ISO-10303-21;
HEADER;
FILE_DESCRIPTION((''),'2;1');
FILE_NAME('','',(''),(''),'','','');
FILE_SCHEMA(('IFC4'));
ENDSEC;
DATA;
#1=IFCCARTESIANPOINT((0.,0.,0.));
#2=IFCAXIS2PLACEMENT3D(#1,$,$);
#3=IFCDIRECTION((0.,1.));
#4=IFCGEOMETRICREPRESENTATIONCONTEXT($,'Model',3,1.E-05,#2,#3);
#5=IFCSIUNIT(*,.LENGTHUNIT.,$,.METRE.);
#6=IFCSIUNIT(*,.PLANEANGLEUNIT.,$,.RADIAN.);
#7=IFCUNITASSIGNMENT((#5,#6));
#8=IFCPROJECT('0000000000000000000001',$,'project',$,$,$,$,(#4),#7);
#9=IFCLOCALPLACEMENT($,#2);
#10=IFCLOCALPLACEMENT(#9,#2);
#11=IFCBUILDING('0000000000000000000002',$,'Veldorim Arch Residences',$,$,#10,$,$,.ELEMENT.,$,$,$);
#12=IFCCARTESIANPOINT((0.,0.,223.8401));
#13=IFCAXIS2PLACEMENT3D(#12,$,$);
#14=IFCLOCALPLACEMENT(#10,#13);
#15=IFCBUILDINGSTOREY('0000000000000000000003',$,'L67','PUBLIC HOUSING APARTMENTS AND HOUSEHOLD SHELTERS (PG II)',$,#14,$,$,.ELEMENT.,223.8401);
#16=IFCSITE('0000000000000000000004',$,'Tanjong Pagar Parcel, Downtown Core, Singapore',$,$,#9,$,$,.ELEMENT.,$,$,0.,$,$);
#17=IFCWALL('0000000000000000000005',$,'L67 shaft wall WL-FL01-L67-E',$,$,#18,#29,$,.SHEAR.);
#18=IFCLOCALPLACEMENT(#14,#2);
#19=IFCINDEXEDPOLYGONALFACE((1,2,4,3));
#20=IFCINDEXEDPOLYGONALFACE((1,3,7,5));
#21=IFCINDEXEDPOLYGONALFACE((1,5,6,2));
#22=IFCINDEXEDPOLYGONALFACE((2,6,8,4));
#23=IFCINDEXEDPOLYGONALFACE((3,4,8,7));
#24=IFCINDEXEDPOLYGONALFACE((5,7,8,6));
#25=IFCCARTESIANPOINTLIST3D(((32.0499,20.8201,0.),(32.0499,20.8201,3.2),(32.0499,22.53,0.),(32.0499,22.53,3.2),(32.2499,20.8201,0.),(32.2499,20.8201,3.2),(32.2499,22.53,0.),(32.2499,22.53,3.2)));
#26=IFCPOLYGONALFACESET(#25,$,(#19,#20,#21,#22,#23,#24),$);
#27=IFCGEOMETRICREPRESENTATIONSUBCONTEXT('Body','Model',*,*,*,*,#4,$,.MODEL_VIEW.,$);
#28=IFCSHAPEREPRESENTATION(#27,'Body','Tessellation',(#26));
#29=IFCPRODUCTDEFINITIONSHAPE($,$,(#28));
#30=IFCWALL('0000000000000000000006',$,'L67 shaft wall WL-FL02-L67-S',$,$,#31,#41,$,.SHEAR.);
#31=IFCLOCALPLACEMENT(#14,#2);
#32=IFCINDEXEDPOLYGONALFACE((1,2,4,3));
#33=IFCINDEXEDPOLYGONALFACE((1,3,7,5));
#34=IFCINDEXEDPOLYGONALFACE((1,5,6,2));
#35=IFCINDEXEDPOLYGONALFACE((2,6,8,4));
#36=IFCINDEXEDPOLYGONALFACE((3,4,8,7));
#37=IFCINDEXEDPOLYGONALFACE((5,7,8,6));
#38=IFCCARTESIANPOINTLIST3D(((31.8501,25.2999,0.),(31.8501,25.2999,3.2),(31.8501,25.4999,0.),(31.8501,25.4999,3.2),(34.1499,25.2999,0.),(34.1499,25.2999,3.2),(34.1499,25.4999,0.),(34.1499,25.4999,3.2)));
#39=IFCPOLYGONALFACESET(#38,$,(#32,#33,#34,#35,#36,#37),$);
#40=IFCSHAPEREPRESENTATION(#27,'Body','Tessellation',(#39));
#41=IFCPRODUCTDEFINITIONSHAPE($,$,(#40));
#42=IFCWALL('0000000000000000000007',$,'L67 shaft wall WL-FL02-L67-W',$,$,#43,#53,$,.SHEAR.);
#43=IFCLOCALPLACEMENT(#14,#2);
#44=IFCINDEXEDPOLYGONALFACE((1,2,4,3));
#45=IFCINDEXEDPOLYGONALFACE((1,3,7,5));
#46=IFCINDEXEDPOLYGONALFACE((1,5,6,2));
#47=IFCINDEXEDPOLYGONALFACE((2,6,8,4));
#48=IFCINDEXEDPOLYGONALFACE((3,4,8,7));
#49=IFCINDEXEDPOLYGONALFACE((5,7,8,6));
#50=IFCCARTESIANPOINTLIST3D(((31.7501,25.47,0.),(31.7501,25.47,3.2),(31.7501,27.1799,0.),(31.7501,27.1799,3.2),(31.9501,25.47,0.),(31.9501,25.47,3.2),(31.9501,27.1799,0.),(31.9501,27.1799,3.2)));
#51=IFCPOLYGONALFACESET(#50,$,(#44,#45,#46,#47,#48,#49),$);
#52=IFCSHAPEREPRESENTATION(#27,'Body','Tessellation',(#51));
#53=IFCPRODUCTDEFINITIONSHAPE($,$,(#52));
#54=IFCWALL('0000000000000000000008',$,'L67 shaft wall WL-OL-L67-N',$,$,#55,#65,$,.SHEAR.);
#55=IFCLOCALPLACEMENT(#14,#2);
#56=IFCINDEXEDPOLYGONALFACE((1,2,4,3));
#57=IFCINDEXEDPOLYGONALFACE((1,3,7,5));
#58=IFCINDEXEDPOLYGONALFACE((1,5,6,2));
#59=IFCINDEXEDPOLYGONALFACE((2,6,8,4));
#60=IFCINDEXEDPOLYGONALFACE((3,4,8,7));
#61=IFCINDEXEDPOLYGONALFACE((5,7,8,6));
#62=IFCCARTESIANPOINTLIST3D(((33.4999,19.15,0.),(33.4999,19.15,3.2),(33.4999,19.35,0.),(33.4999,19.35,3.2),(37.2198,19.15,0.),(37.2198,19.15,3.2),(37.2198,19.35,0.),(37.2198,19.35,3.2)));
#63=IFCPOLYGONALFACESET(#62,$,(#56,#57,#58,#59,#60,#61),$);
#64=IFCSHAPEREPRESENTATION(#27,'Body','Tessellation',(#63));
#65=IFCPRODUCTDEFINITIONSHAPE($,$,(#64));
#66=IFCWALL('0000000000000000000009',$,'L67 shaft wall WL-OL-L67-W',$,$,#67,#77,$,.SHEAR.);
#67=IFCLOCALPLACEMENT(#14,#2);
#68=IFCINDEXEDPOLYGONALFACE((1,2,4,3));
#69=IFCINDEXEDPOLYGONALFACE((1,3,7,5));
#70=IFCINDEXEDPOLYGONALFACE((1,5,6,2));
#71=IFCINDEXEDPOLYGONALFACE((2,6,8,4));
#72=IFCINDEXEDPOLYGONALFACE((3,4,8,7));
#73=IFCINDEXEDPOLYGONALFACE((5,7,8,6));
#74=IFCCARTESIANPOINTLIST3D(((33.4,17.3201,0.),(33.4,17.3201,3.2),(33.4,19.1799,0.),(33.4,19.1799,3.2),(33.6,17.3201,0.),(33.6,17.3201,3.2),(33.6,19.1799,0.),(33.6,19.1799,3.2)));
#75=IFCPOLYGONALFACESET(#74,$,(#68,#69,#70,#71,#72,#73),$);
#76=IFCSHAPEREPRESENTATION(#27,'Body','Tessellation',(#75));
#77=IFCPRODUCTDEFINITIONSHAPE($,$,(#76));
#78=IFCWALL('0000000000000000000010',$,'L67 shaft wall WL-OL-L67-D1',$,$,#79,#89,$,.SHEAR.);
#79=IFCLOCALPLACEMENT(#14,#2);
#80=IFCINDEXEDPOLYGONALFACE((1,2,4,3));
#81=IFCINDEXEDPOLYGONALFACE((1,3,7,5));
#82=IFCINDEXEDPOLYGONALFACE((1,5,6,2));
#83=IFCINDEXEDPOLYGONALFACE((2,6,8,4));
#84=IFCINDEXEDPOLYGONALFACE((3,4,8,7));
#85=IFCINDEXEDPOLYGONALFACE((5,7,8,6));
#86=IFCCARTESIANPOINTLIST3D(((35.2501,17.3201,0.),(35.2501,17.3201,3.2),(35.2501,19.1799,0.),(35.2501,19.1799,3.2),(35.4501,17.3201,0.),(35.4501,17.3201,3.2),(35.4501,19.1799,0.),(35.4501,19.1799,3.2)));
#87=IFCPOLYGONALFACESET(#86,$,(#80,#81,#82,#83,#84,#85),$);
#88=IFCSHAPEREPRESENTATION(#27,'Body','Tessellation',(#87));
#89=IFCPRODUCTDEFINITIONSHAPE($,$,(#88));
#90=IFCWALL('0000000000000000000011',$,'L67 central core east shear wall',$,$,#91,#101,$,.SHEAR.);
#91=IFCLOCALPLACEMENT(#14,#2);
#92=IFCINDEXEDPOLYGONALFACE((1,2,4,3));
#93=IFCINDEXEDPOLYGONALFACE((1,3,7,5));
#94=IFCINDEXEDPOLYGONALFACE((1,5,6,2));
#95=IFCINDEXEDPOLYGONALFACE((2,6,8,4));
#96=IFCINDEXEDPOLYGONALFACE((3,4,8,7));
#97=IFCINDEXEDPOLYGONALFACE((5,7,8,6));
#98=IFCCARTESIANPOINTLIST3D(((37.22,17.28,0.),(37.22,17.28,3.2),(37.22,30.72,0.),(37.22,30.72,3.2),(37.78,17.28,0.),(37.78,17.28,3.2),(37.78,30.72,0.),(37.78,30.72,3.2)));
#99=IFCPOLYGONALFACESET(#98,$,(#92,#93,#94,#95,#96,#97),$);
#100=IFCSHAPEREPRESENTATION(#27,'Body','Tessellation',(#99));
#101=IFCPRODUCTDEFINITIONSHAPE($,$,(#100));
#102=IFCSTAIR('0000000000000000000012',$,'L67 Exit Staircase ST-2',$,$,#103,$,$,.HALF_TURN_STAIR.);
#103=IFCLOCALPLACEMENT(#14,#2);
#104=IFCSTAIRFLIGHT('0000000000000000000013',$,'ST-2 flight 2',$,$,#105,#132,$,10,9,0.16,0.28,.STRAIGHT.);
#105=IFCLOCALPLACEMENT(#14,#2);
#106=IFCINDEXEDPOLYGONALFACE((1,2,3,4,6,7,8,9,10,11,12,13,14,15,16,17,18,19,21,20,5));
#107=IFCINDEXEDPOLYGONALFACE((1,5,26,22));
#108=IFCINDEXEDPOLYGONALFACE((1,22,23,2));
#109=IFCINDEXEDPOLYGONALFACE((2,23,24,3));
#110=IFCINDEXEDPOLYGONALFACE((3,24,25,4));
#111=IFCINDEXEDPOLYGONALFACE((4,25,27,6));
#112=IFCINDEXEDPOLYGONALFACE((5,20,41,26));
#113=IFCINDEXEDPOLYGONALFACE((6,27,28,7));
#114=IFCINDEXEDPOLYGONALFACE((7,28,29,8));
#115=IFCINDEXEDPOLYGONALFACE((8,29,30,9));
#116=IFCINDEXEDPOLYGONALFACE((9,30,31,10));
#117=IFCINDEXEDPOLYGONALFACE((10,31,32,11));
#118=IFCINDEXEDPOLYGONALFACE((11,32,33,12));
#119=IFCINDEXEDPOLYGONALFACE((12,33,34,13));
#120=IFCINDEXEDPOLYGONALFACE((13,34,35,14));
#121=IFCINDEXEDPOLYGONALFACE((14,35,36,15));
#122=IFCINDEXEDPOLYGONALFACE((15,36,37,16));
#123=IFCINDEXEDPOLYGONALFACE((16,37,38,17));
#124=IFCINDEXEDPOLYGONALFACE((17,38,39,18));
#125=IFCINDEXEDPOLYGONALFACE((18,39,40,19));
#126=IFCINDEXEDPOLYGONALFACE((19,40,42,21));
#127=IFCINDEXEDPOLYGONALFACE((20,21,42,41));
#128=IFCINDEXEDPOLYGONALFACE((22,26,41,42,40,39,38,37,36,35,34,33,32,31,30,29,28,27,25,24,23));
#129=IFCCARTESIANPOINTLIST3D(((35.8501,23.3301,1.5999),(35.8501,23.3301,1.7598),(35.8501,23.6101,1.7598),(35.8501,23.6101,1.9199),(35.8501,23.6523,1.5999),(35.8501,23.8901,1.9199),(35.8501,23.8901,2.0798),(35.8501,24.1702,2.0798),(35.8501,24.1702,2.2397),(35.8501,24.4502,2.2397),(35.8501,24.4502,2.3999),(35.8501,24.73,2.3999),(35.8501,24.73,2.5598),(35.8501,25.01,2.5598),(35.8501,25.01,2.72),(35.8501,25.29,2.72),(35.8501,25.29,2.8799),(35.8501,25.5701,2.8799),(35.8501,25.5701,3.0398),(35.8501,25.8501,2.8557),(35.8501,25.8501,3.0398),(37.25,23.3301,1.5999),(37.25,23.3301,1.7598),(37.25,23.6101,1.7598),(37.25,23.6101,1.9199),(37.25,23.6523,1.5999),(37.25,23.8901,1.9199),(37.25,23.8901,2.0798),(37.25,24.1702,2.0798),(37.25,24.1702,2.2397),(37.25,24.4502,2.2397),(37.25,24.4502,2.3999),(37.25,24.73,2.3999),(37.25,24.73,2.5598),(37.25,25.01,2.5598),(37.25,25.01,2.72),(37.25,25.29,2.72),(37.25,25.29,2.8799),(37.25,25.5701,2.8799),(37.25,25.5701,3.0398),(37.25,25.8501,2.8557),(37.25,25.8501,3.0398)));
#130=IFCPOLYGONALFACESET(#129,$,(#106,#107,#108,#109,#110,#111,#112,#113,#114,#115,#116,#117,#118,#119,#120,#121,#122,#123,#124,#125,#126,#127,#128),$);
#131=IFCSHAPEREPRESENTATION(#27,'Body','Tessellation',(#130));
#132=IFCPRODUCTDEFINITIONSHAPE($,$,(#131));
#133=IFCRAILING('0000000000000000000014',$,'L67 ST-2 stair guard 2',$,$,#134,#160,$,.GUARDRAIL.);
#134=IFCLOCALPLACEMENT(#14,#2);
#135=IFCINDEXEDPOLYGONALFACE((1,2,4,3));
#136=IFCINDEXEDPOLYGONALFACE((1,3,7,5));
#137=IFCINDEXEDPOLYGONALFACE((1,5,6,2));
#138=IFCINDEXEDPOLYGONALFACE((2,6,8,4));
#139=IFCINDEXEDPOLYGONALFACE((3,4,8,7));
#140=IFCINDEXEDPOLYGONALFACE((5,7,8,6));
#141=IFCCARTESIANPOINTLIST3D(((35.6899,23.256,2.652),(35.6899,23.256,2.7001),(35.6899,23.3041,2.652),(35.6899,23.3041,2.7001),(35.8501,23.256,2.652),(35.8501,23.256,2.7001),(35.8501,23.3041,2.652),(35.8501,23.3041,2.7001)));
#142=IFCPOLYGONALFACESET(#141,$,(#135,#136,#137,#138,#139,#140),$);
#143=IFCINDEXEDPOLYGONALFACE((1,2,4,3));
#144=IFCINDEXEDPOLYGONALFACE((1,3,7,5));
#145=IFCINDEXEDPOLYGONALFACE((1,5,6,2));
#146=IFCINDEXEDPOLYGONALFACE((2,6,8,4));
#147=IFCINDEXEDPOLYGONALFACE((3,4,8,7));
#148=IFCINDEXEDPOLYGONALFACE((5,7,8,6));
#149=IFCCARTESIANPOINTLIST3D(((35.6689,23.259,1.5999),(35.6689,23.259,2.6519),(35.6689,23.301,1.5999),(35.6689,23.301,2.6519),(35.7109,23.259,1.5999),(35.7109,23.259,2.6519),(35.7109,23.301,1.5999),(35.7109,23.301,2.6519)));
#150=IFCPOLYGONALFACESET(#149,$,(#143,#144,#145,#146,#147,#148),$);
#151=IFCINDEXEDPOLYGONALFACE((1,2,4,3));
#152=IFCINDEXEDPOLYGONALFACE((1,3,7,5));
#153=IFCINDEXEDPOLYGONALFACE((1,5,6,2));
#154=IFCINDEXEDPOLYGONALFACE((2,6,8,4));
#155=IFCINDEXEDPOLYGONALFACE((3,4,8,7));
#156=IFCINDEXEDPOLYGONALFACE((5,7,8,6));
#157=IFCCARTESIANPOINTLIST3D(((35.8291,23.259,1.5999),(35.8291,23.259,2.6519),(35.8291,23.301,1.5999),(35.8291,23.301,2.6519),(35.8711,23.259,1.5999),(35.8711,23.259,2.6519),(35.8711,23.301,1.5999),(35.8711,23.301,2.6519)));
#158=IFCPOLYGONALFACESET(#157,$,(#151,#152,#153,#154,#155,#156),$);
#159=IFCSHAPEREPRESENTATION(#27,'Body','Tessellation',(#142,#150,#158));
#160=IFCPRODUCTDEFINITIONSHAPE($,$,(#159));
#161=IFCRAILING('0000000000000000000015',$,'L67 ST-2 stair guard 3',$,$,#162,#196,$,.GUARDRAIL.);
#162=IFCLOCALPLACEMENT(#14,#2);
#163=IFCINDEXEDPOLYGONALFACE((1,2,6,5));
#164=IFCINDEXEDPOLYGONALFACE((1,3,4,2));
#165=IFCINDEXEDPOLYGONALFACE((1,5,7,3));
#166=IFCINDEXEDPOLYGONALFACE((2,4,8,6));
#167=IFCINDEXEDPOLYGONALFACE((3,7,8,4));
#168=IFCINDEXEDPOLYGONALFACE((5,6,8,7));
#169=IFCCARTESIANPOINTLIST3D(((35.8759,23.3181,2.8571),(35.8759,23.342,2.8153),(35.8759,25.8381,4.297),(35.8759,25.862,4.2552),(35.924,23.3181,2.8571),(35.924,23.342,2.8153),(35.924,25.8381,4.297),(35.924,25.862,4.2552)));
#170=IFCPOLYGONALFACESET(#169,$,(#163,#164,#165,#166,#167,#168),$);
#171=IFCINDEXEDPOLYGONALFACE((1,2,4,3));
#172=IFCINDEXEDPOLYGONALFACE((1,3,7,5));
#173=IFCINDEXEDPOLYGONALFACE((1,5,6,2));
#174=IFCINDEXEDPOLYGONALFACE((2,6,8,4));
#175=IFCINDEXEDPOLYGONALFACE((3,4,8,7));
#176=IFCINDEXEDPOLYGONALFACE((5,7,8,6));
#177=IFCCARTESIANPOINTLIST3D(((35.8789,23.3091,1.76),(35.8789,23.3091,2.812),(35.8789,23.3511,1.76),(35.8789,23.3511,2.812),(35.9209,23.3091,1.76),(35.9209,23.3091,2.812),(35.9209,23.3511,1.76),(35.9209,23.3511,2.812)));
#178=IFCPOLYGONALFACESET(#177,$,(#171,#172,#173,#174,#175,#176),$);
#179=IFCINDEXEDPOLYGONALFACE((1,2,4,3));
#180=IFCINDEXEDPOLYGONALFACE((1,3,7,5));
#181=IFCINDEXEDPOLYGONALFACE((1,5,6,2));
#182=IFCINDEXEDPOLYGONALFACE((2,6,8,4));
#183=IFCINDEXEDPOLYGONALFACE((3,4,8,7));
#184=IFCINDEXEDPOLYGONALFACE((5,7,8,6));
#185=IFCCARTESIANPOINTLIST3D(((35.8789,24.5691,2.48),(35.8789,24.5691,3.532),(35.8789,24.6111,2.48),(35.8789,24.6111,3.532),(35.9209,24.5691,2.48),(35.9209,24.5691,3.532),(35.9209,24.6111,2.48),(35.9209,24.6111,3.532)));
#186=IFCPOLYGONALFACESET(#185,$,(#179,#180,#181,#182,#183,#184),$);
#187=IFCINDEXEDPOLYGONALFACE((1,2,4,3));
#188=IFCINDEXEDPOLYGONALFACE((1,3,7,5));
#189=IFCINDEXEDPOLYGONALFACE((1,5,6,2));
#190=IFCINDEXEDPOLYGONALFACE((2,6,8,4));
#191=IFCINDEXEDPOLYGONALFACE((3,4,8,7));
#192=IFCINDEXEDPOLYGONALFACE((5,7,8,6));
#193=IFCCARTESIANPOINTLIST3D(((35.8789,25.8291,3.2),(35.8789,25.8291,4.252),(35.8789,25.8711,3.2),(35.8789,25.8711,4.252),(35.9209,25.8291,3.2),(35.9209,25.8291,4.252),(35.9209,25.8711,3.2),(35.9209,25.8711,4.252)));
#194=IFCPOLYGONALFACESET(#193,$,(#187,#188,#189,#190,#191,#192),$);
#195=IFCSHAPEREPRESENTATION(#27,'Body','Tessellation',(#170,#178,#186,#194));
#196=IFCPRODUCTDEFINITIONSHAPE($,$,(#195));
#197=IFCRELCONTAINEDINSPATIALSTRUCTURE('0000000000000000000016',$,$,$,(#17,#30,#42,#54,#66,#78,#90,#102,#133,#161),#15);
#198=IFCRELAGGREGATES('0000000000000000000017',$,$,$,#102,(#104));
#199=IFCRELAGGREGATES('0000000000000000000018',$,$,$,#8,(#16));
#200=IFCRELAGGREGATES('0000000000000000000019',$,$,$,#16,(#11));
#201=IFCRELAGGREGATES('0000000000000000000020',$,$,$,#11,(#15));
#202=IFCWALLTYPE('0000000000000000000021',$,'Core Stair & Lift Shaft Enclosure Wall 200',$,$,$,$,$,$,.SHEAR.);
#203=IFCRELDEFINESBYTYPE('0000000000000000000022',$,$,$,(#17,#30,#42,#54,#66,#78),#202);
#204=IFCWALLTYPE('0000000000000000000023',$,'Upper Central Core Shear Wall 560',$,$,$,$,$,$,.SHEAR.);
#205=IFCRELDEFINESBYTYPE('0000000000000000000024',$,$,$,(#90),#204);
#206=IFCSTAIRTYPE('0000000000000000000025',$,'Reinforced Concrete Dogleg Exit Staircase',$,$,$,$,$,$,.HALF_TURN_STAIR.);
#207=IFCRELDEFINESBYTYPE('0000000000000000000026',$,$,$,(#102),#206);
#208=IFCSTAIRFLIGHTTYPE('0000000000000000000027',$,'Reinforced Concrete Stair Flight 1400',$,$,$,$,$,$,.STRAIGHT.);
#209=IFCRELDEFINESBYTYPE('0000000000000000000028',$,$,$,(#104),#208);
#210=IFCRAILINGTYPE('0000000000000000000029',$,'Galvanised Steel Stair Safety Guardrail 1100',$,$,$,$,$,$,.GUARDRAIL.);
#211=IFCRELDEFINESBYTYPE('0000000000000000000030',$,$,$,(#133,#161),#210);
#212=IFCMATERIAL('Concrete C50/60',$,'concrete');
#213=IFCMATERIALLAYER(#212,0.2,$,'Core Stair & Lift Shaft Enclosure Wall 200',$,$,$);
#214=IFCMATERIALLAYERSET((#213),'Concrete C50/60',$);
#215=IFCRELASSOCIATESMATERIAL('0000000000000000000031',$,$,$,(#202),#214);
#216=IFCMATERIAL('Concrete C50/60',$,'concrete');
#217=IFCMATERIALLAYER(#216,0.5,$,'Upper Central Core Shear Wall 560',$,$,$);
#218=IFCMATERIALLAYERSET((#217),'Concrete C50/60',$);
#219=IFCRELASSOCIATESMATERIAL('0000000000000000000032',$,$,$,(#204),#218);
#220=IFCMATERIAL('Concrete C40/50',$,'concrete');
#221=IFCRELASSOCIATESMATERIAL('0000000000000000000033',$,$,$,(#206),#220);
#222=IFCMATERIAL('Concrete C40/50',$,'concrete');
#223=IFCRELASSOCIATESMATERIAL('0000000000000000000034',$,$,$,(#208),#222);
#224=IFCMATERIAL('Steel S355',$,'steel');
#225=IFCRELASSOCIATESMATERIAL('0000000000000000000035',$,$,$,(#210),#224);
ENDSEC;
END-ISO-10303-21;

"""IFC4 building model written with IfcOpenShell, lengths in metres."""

from ifc_helpers import new_model, si_unit, direction, frame, frame_2d, origin, origin_2d, place, context, subcontext, project, spatial, polyline, rectangle, outline, extrude, material, layer, layer_set, type_object, element, aggregate, save


model = new_model("IFC4")

# Units and contexts
model_context = context("Model", 3, precision=1e-05, world=origin(), true_north=direction((0.0, 1.0)))
body_context = subcontext(model_context, "Body", "Model", "MODEL_VIEW")
ifc_project = project(units=[si_unit("LENGTHUNIT", "METRE"), si_unit("PLANEANGLEUNIT", "RADIAN")], contexts=[model_context])

# Site, building, storey
site_placement = place(None, origin())
site = spatial("IfcSite", under=ifc_project, at=site_placement, Name="Tanjong Pagar Parcel, Downtown Core, Singapore", CompositionType="ELEMENT", RefElevation=0.0)
building_placement = place(site_placement, origin())
building = spatial("IfcBuilding", under=site, at=building_placement, Name="Veldorim Arch Residences", CompositionType="ELEMENT")
storey_placement = place(building_placement, frame((0.0, 0.0, 223.8401)))
storey = spatial("IfcBuildingStorey", under=building, at=storey_placement, Name="L67", Description="PUBLIC HOUSING APARTMENTS AND HOUSEHOLD SHELTERS (PG II)", CompositionType="ELEMENT", Elevation=223.8401)

# Walls
ifc_material_1 = material(Name="Concrete C50/60", Category="concrete")
ifc_layer_1 = layer(ifc_material_1, 0.2, Name="Core Stair & Lift Shaft Enclosure Wall 200")
ifc_layer_set_1 = layer_set([ifc_layer_1], Name="Concrete C50/60")
wall_type_1 = type_object("IfcWallType", Name="Core Stair & Lift Shaft Enclosure Wall 200", PredefinedType="SHEAR", material=ifc_layer_set_1)
wall_1_placement = place(storey_placement, frame((32.1499, 20.8201, 0.0), z_axis=(0.0, 0.0, 1.0), x_axis=(0.0, 1.0, 0.0)))
element("IfcWall", 1, at=wall_1_placement, inside=storey, type_object=wall_type_1, Name="L67 shaft wall WL-FL01-L67-E", PredefinedType="SHEAR", context=body_context, shape_type="SweptSolid", body=[
    extrude(rectangle(XDim=1.71, YDim=0.2, at=frame_2d((0.855, 0.0))), origin(), (0.0, 0.0, 1.0), 3.2),
])
wall_2_placement = place(storey_placement, frame((31.8501, 25.3999, 0.0), z_axis=(0.0, 0.0, 1.0), x_axis=(1.0, 0.0, 0.0)))
element("IfcWall", 2, at=wall_2_placement, inside=storey, type_object=wall_type_1, Name="L67 shaft wall WL-FL02-L67-S", PredefinedType="SHEAR", context=body_context, shape_type="SweptSolid", body=[
    extrude(rectangle(XDim=2.2998, YDim=0.2, at=frame_2d((1.1499, 0.0))), origin(), (0.0, 0.0, 1.0), 3.2),
])
wall_3_placement = place(storey_placement, frame((31.8501, 25.47, 0.0), z_axis=(0.0, 0.0, 1.0), x_axis=(0.0, 1.0, 0.0)))
element("IfcWall", 3, at=wall_3_placement, inside=storey, type_object=wall_type_1, Name="L67 shaft wall WL-FL02-L67-W", PredefinedType="SHEAR", context=body_context, shape_type="SweptSolid", body=[
    extrude(rectangle(XDim=1.71, YDim=0.2, at=frame_2d((0.855, 0.0))), origin(), (0.0, 0.0, 1.0), 3.2),
])
wall_4_placement = place(storey_placement, frame((33.5, 19.25, 0.0), z_axis=(0.0, 0.0, 1.0), x_axis=(1.0, 0.0, 0.0)))
element("IfcWall", 4, at=wall_4_placement, inside=storey, type_object=wall_type_1, Name="L67 shaft wall WL-OL-L67-N", PredefinedType="SHEAR", context=body_context, shape_type="SweptSolid", body=[
    extrude(rectangle(XDim=3.72, YDim=0.2, at=frame_2d((1.8599, 0.0))), origin(), (0.0, 0.0, 1.0), 3.2),
])
for number, where, z_axis, x_axis, name in (
    (5, (33.5, 17.3201, 0.0), (0.0, 0.0, 1.0), (0.0, 1.0, 0.0), "L67 shaft wall WL-OL-L67-W"),
    (6, (35.3501, 17.3201, 0.0), (0.0, 0.0, 1.0), (0.0, 1.0, 0.0), "L67 shaft wall WL-OL-L67-D1"),
):
    element("IfcWall", number, at=place(storey_placement, frame(where, z_axis=z_axis, x_axis=x_axis)), inside=storey, type_object=wall_type_1, Name=name, PredefinedType="SHEAR", context=body_context, shape_type="SweptSolid", body=[
        extrude(rectangle(XDim=1.8599, YDim=0.2, at=frame_2d((0.9299, 0.0))), origin(), (0.0, 0.0, 1.0), 3.2),
    ])
ifc_material_2 = material(Name="Concrete C50/60", Category="concrete")
ifc_layer_2 = layer(ifc_material_2, 0.5, Name="Upper Central Core Shear Wall 560")
ifc_layer_set_2 = layer_set([ifc_layer_2], Name="Concrete C50/60")
wall_type_2 = type_object("IfcWallType", Name="Upper Central Core Shear Wall 560", PredefinedType="SHEAR", material=ifc_layer_set_2)
wall_5_placement = place(storey_placement, frame((37.5, 17.28, 0.0), z_axis=(0.0, 0.0, 1.0), x_axis=(0.0, 1.0, 0.0)))
element("IfcWall", 7, at=wall_5_placement, inside=storey, type_object=wall_type_2, Name="L67 central core east shear wall", PredefinedType="SHEAR", context=body_context, shape_type="SweptSolid", body=[
    extrude(rectangle(XDim=13.4399, YDim=0.5601, at=frame_2d((6.72, 0.0))), origin(), (0.0, 0.0, 1.0), 3.2),
])

# Stair, stair flight
ifc_material_3 = material(Name="Concrete C40/50", Category="concrete")
stair_type = type_object("IfcStairType", Name="Reinforced Concrete Dogleg Exit Staircase", PredefinedType="HALF_TURN_STAIR", material=ifc_material_3)
stair_placement = place(storey_placement, origin())
stair = element("IfcStair", 8, at=stair_placement, inside=storey, type_object=stair_type, Name="L67 Exit Staircase ST-2", PredefinedType="HALF_TURN_STAIR")
ifc_material_4 = material(Name="Concrete C40/50", Category="concrete")
stair_flight_type = type_object("IfcStairFlightType", Name="Reinforced Concrete Stair Flight 1400", PredefinedType="STRAIGHT", material=ifc_material_4)
stair_flight_placement = place(storey_placement, frame((36.55, 23.3301, 1.5999), z_axis=(0.0, 0.0, 1.0), x_axis=(0.0, 1.0, 0.0)))
stair_flight = element("IfcStairFlight", 9, at=stair_flight_placement, type_object=stair_flight_type, Name="ST-2 flight 2", NumberOfRisers=10, NumberOfTreads=9, PredefinedType="STRAIGHT", RiserHeight=0.16, TreadLength=0.28, context=body_context, shape_type="SweptSolid", body=[
    extrude(outline(polyline([(0.0, 0.0), (0.0, 0.1599), (0.28, 0.1599), (0.28, 0.3201), (0.5601, 0.3201), (0.5601, 0.48), (0.8401, 0.48), (0.8401, 0.6399), (1.1201, 0.6399), (1.1201, 0.8), (1.3999, 0.8), (1.3999, 0.96), (1.6799, 0.96), (1.6799, 1.1201), (1.96, 1.1201), (1.96, 1.28), (2.24, 1.28), (2.24, 1.4399), (2.52, 1.4399), (2.52, 1.6001), (2.52, 1.2559), (0.3223, 0.0), (0.0, 0.0)])), frame((0.0, 0.7, 0.0), z_axis=(0.0, -1.0, 0.0), x_axis=(1.0, 0.0, 0.0)), (0.0, 0.0, 1.0), 1.3999),
])
aggregate(stair, [stair_flight])

# Railings
ifc_material_5 = material(Name="Steel S355", Category="steel")
railing_type_1 = type_object("IfcRailingType", Name="Galvanised Steel Stair Safety Guardrail 1100", PredefinedType="GUARDRAIL", material=ifc_material_5)
railing_1_placement = place(storey_placement, frame((35.6899, 23.28, 1.5999)))
element("IfcRailing", 10, at=railing_1_placement, inside=storey, type_object=railing_type_1, Name="L67 ST-2 stair guard 2", PredefinedType="GUARDRAIL", context=body_context, shape_type="SweptSolid", body=[
    extrude(rectangle(XDim=0.0481, YDim=0.0481, at=origin_2d()), frame((0.0, 0.0, 1.0762), z_axis=(1.0, 0.0, 0.0), x_axis=(0.0, 1.0, 0.0)), (0.0, 0.0, 1.0), 0.1602),
    extrude(rectangle(XDim=0.042, YDim=0.042, at=origin_2d()), origin(), (0.0, 0.0, 1.0), 1.052),
    extrude(rectangle(XDim=0.042, YDim=0.042, at=origin_2d()), frame((0.1602, 0.0, 0.0)), (0.0, 0.0, 1.0), 1.052),
])
railing_2_placement = place(storey_placement, frame((35.8999, 23.3301, 1.76)))
element("IfcRailing", 11, at=railing_2_placement, inside=storey, type_object=railing_type_1, Name="L67 ST-2 stair guard 3", PredefinedType="GUARDRAIL", context=body_context, shape_type="SweptSolid", body=[
    extrude(rectangle(XDim=0.0481, YDim=0.0481, at=origin_2d()), frame((0.0, 0.0, 1.0762), z_axis=(0.0, 0.868253, 0.496121), x_axis=(-1.0, 0.0, 0.0)), (0.0, 0.0, 1.0), 2.9023),
    extrude(rectangle(XDim=0.042, YDim=0.042, at=origin_2d()), origin(), (0.0, 0.0, 1.0), 1.052),
    extrude(rectangle(XDim=0.042, YDim=0.042, at=origin_2d()), frame((0.0, 1.26, 0.72)), (0.0, 0.0, 1.0), 1.052),
    extrude(rectangle(XDim=0.042, YDim=0.042, at=origin_2d()), frame((0.0, 2.52, 1.4399)), (0.0, 0.0, 1.0), 1.052),
])

save(model, "model.ifc")
